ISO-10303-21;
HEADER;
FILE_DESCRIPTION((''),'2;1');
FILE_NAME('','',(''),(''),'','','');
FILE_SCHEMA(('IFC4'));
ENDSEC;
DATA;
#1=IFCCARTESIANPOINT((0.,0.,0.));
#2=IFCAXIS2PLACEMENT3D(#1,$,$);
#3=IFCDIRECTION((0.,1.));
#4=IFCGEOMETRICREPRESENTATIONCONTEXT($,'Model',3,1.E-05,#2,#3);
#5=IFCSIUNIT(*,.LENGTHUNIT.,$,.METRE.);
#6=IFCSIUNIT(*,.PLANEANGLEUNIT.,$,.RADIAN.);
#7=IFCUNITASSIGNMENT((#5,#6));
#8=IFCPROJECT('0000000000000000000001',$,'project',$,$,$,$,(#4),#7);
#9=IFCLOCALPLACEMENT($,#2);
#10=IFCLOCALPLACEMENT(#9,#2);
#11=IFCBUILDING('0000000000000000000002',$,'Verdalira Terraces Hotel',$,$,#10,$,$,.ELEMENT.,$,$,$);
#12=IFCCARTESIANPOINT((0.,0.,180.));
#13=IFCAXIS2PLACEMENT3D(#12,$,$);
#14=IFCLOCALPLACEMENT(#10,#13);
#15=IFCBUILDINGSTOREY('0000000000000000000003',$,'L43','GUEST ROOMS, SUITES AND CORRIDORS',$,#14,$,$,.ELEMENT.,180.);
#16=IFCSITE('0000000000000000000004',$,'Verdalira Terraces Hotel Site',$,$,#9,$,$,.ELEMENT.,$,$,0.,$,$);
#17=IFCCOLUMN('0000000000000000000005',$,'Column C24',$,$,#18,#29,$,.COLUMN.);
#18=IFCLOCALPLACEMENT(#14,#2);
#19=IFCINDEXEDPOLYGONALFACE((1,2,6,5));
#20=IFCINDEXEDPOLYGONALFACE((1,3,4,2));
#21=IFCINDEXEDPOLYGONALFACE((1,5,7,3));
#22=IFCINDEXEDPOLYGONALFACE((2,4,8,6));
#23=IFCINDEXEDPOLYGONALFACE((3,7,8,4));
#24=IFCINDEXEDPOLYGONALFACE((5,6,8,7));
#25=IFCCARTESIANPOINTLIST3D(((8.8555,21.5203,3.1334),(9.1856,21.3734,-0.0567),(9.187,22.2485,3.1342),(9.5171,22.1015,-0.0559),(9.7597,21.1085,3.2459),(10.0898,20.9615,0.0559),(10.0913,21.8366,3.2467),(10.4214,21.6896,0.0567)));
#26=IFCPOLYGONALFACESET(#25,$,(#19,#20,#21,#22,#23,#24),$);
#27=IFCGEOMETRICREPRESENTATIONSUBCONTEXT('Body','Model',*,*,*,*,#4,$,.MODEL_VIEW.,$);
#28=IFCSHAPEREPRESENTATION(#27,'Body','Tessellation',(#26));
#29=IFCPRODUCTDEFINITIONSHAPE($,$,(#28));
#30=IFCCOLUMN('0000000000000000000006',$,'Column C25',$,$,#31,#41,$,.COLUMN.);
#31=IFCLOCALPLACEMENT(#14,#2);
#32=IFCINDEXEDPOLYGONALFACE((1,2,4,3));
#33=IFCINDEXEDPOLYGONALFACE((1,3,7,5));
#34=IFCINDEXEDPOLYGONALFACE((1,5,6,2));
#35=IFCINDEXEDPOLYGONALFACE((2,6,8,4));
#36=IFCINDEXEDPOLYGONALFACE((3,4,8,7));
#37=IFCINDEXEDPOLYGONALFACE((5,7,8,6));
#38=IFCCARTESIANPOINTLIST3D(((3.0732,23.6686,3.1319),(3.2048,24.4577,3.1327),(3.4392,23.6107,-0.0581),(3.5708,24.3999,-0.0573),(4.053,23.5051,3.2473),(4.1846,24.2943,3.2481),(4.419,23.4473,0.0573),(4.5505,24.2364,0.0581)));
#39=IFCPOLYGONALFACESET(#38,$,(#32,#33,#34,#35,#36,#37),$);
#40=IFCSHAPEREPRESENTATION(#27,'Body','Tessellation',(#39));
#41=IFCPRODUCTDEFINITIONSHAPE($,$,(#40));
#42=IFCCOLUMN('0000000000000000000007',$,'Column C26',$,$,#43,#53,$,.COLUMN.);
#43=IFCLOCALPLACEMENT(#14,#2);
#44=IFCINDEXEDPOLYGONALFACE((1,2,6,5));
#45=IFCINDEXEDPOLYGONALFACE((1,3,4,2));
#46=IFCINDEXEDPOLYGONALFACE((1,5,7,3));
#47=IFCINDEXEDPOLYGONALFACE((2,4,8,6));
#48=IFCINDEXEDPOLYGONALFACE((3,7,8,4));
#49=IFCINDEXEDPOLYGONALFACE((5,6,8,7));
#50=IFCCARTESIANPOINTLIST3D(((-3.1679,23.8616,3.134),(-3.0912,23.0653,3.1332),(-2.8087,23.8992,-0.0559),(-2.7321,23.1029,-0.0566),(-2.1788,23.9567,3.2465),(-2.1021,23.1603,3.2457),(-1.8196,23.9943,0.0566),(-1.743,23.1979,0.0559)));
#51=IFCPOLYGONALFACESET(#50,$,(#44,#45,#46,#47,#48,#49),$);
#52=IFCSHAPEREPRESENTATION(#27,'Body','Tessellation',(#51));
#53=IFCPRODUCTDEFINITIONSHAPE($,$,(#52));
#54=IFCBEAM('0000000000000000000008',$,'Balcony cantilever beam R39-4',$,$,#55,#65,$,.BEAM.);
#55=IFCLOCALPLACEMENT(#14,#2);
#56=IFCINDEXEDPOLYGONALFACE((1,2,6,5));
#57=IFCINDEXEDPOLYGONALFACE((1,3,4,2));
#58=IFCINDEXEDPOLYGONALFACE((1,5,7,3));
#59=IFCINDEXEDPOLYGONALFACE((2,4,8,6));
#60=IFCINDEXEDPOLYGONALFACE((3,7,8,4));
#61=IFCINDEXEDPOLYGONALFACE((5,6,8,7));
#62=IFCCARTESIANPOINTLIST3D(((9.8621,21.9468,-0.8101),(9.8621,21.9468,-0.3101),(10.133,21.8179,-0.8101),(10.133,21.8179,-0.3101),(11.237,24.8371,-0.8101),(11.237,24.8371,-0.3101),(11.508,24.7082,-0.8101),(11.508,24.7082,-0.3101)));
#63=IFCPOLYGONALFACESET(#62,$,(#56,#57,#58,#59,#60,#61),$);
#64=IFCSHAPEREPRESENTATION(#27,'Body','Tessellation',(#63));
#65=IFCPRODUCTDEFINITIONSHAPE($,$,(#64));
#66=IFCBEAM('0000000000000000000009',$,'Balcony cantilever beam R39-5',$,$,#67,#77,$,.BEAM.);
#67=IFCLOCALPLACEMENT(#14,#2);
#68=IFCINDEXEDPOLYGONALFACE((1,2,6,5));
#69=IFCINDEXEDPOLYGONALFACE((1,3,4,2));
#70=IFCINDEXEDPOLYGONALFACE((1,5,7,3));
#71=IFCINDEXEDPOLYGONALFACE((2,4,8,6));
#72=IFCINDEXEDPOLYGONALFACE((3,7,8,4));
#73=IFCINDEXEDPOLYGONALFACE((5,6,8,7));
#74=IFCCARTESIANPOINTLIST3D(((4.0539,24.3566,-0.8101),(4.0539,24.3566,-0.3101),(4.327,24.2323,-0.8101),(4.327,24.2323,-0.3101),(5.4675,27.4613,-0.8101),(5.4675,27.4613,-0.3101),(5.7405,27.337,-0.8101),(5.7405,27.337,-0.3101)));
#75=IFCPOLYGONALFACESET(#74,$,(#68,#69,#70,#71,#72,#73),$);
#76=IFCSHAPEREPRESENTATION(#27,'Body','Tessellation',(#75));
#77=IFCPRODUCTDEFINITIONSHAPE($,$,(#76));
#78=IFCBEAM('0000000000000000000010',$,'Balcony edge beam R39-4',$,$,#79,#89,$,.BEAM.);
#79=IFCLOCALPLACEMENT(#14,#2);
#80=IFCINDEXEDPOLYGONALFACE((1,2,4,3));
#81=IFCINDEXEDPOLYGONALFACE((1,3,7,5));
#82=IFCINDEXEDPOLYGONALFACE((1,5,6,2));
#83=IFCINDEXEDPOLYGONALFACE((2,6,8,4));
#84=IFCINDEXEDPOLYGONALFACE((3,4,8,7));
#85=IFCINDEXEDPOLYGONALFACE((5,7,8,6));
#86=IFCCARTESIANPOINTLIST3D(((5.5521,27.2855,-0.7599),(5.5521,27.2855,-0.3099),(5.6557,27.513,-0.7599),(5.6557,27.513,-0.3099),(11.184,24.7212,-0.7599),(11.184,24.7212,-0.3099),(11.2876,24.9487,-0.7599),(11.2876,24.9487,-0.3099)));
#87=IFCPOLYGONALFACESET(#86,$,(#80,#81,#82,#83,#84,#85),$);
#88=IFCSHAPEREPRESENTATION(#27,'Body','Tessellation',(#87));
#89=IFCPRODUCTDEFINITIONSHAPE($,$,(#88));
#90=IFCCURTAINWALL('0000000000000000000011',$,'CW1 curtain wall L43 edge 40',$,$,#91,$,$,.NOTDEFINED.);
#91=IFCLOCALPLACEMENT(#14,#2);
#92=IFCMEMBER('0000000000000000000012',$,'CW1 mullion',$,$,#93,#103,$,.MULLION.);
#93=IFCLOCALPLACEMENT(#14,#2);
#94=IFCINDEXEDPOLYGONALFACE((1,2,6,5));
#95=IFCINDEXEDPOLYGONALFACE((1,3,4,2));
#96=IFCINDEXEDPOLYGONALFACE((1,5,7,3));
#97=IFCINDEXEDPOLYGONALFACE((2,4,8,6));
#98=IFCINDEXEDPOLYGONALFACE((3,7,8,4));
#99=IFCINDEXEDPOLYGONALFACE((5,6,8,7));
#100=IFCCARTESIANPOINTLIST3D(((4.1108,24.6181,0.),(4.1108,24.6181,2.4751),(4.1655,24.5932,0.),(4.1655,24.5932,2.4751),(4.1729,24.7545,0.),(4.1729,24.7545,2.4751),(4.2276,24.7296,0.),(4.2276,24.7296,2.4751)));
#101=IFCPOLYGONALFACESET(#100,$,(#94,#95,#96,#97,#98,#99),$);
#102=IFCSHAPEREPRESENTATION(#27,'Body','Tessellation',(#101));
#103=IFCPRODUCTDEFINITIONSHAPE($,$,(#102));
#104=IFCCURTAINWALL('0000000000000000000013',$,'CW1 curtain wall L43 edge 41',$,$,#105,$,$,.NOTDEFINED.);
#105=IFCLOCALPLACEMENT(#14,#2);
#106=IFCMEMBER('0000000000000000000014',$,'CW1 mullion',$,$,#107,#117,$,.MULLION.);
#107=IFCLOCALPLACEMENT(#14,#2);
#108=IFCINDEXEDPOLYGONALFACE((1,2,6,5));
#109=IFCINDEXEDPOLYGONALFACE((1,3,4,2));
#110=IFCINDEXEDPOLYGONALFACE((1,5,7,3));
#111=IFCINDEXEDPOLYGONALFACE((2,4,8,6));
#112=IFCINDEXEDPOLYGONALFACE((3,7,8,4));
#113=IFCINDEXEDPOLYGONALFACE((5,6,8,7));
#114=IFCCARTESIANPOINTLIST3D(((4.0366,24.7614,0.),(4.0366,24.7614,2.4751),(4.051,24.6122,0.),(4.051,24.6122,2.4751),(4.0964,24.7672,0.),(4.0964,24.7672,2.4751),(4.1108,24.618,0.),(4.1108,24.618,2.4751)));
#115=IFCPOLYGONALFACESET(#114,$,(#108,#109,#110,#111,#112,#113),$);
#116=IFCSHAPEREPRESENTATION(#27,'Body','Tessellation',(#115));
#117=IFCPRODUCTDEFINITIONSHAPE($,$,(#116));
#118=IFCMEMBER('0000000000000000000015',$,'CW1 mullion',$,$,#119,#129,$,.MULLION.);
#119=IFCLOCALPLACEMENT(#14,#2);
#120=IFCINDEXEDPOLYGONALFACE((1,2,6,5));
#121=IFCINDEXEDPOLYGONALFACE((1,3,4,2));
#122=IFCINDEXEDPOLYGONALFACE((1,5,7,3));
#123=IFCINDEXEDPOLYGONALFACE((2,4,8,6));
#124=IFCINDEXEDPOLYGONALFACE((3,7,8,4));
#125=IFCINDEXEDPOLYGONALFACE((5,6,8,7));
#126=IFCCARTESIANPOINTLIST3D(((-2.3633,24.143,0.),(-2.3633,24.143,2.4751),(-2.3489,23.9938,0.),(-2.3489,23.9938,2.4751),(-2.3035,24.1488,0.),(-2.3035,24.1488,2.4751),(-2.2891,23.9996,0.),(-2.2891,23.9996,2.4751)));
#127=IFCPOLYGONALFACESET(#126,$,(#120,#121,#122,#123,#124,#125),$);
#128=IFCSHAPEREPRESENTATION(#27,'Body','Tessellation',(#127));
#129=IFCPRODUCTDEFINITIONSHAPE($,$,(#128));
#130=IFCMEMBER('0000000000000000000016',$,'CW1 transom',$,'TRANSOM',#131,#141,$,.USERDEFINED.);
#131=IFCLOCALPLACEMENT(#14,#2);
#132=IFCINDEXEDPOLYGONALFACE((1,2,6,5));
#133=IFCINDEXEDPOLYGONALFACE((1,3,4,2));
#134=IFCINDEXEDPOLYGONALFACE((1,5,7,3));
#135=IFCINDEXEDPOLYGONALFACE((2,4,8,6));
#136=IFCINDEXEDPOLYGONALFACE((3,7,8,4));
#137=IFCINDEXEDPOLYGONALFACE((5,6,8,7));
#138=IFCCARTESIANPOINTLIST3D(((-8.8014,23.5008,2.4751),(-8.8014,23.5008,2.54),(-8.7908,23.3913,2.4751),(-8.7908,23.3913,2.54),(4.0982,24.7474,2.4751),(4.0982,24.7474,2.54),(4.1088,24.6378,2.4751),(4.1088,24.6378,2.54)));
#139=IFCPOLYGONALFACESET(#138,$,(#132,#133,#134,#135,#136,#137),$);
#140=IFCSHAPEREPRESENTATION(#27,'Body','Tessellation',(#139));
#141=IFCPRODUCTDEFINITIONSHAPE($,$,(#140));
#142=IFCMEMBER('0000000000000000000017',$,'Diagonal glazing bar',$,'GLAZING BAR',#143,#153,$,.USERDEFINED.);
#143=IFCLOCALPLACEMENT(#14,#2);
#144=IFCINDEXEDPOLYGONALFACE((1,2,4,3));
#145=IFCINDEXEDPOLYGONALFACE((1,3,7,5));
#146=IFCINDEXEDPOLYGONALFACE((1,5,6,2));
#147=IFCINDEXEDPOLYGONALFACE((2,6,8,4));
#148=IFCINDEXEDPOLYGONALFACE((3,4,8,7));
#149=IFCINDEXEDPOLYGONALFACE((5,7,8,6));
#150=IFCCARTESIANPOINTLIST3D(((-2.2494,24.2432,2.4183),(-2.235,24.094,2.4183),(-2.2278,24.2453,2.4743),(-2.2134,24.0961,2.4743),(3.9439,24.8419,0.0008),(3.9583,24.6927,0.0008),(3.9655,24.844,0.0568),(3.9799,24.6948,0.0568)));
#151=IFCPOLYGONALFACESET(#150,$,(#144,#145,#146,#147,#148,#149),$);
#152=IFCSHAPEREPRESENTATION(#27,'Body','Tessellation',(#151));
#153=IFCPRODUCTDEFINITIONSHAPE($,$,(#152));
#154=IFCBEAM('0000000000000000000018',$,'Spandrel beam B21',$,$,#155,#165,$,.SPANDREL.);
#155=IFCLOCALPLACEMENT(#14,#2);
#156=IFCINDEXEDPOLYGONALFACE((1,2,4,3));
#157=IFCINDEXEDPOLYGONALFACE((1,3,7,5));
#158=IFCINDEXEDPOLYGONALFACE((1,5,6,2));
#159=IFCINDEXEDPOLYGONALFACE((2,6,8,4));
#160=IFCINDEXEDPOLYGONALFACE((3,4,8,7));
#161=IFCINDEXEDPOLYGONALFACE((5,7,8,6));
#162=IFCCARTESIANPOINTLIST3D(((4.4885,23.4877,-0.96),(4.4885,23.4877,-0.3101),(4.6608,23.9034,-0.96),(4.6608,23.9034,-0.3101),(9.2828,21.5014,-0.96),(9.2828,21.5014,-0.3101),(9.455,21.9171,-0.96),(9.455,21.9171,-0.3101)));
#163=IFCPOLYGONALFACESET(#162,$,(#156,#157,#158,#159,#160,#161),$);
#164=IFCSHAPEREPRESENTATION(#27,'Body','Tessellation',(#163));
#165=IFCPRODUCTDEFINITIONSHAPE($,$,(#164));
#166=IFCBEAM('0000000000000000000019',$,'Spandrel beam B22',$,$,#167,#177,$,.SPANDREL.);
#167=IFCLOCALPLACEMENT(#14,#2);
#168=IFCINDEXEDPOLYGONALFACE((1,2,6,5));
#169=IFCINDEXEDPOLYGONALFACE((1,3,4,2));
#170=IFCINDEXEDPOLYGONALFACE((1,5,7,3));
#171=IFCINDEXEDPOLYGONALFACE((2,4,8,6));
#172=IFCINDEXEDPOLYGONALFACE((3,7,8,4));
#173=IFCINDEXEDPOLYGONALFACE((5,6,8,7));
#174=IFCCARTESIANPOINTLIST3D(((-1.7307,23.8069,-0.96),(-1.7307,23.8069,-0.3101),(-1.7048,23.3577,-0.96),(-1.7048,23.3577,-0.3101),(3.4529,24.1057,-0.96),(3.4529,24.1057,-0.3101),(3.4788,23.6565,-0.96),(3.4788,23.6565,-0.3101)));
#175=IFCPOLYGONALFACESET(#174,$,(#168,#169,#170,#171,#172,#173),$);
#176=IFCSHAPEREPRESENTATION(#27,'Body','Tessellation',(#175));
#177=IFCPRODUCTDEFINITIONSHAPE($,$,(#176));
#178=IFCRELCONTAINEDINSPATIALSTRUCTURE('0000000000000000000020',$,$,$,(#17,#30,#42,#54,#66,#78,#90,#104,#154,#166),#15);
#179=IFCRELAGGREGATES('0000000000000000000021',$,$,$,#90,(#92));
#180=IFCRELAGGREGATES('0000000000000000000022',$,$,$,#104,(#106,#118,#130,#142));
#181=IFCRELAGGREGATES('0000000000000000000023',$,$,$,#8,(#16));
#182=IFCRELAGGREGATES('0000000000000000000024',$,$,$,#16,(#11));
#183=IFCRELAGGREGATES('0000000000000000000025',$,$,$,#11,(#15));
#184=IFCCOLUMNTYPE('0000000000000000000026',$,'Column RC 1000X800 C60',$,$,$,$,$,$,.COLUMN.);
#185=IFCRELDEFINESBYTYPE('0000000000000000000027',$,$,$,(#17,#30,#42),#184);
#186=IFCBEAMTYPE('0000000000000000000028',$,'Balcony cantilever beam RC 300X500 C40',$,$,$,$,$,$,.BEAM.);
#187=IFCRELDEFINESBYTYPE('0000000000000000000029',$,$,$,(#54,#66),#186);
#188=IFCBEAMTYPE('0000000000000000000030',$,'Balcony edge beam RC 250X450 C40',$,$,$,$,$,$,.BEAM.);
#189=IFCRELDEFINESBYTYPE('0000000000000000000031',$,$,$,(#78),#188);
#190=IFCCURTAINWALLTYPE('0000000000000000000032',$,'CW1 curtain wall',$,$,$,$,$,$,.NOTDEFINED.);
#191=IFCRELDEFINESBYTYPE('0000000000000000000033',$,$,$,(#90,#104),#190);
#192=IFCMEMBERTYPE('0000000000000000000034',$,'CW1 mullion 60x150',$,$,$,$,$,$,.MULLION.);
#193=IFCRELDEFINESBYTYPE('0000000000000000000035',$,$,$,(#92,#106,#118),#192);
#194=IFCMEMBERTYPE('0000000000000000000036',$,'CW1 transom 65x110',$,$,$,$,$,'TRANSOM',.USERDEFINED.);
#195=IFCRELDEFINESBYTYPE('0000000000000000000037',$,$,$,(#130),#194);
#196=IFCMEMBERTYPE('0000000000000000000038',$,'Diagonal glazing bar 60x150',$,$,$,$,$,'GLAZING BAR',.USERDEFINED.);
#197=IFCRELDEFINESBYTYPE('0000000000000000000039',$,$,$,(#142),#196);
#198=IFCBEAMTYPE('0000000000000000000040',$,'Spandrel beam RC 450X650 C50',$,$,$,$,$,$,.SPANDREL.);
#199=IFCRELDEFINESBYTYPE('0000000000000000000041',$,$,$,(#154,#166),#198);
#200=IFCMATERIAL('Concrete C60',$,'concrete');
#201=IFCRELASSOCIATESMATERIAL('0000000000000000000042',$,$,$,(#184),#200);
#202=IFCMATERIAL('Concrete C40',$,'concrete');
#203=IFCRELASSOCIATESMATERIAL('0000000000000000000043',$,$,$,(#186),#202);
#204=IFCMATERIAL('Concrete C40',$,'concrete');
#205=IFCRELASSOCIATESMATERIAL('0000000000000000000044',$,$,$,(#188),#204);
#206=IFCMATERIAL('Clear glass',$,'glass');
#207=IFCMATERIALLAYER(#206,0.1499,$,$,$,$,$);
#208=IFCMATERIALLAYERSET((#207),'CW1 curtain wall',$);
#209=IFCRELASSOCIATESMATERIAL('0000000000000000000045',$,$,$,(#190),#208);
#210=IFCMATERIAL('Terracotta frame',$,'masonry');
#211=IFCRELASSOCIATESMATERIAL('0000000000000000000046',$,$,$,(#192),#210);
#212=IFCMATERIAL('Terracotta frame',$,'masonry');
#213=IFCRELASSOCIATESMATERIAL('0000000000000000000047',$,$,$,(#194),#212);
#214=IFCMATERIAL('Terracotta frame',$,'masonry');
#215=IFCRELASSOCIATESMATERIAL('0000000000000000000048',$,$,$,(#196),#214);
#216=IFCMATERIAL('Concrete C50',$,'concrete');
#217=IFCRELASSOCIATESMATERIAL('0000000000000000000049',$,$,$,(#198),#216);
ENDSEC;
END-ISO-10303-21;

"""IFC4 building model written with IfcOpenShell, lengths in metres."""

from ifc_helpers import new_model, si_unit, direction, frame, origin, origin_2d, place, context, subcontext, project, spatial, rectangle, extrude, material, layer, layer_set, material_profile, profile_set, type_object, element, aggregate, save


model = new_model("IFC4")

# Units and contexts
model_context = context("Model", 3, precision=1e-05, world=origin(), true_north=direction((0.0, 1.0)))
body_context = subcontext(model_context, "Body", "Model", "MODEL_VIEW")
ifc_project = project(units=[si_unit("LENGTHUNIT", "METRE"), si_unit("PLANEANGLEUNIT", "RADIAN")], contexts=[model_context])

# Site, building, storey
site_placement = place(None, origin())
site = spatial("IfcSite", under=ifc_project, at=site_placement, Name="Verdalira Terraces Hotel Site", CompositionType="ELEMENT", RefElevation=0.0)
building_placement = place(site_placement, origin())
building = spatial("IfcBuilding", under=site, at=building_placement, Name="Verdalira Terraces Hotel", CompositionType="ELEMENT")
storey_placement = place(building_placement, frame((0.0, 0.0, 180.0)))
storey = spatial("IfcBuildingStorey", under=building, at=storey_placement, Name="L43", Description="GUEST ROOMS, SUITES AND CORRIDORS", CompositionType="ELEMENT", Elevation=180.0)

# Columns
ifc_material_1 = material(Name="Concrete C60", Category="concrete")
ifc_material_profile_1 = material_profile(ifc_material_1, rectangle(XDim=1.0, YDim=0.8, at=origin_2d()), Name="RC 1000X800")
ifc_profile_set_1 = profile_set([ifc_material_profile_1], Name="Concrete C60")
column_type = type_object("IfcColumnType", Name="Column RC 1000X800 C60", PredefinedType="COLUMN", material=ifc_profile_set_1)
column_1_placement = place(storey_placement, frame((9.8035, 21.5315, 0.0), z_axis=(-0.102817, 0.045781, 0.993646), x_axis=(-0.904266, 0.411869, -0.112545)))
element("IfcColumn", 1, at=column_1_placement, inside=storey, type_object=column_type, Name="Column C24", PredefinedType="COLUMN", context=body_context, shape_type="SweptSolid", body=[
    extrude(rectangle(XDim=1.0, YDim=0.8, at=origin_2d()), origin(), (0.0, 0.0, 1.0), 3.2104),
])
column_2_placement = place(storey_placement, frame((3.9949, 23.9236, 0.0), z_axis=(-0.113959, 0.018018, 0.993322), x_axis=(0.979783, -0.163447, 0.115371)))
element("IfcColumn", 2, at=column_2_placement, inside=storey, type_object=column_type, Name="Column C25", PredefinedType="COLUMN", context=body_context, shape_type="SweptSolid", body=[
    extrude(rectangle(XDim=1.0, YDim=0.8, at=origin_2d()), origin(), (0.0, 0.0, 1.0), 3.2114),
])
column_3_placement = place(storey_placement, frame((-2.2759, 23.5486, 0.0), z_axis=(-0.111868, -0.011712, 0.993654), x_axis=(-0.989096, -0.095071, -0.112475)))
element("IfcColumn", 3, at=column_3_placement, inside=storey, type_object=column_type, Name="Column C26", PredefinedType="COLUMN", context=body_context, shape_type="SweptSolid", body=[
    extrude(rectangle(XDim=1.0, YDim=0.8, at=origin_2d()), origin(), (0.0, 0.0, 1.0), 3.2102),
])

# Beams
ifc_material_2 = material(Name="Concrete C40", Category="concrete")
ifc_material_profile_2 = material_profile(ifc_material_2, rectangle(XDim=0.3, YDim=0.5, at=origin_2d()), Name="RC 300X500")
ifc_profile_set_2 = profile_set([ifc_material_profile_2], Name="Concrete C40")
beam_type_1 = type_object("IfcBeamType", Name="Balcony cantilever beam RC 300X500 C40", PredefinedType="BEAM", material=ifc_profile_set_2)
beam_1_placement = place(storey_placement, frame((9.9976, 21.8823, -0.5601), z_axis=(0.429584, 0.903027, 0.0), x_axis=(-0.903027, 0.429584, 0.0)))
element("IfcBeam", 4, at=beam_1_placement, inside=storey, type_object=beam_type_1, Name="Balcony cantilever beam R39-4", PredefinedType="BEAM", context=body_context, shape_type="SweptSolid", body=[
    extrude(rectangle(XDim=0.3, YDim=0.5, at=origin_2d()), origin(), (0.0, 0.0, 1.0), 3.2007),
])
beam_2_placement = place(storey_placement, frame((4.1904, 24.2944, -0.5601), z_axis=(0.414369, 0.910109, 0.0), x_axis=(-0.910109, 0.414369, 0.0)))
element("IfcBeam", 5, at=beam_2_placement, inside=storey, type_object=beam_type_1, Name="Balcony cantilever beam R39-5", PredefinedType="BEAM", context=body_context, shape_type="SweptSolid", body=[
    extrude(rectangle(XDim=0.3, YDim=0.5, at=origin_2d()), origin(), (0.0, 0.0, 1.0), 3.4114),
])
ifc_material_3 = material(Name="Concrete C40", Category="concrete")
ifc_material_profile_3 = material_profile(ifc_material_3, rectangle(XDim=0.25, YDim=0.45, at=origin_2d()), Name="RC 250X450")
ifc_profile_set_3 = profile_set([ifc_material_profile_3], Name="Concrete C40")
beam_type_2 = type_object("IfcBeamType", Name="Balcony edge beam RC 250X450 C40", PredefinedType="BEAM", material=ifc_profile_set_3)
beam_3_placement = place(storey_placement, frame((11.2358, 24.835, -0.5349), z_axis=(-0.910106, 0.414377, 0.0), x_axis=(-0.414377, -0.910106, 0.0)))
element("IfcBeam", 6, at=beam_3_placement, inside=storey, type_object=beam_type_2, Name="Balcony edge beam R39-4", PredefinedType="BEAM", context=body_context, shape_type="SweptSolid", body=[
    extrude(rectangle(XDim=0.25, YDim=0.45, at=origin_2d()), origin(), (0.0, 0.0, 1.0), 6.1882),
])

# Curtain wall, member
ifc_material_4 = material(Name="Clear glass", Category="glass")
ifc_layer_1 = layer(ifc_material_4, 0.1499)
ifc_layer_set_1 = layer_set([ifc_layer_1], Name="CW1 curtain wall")
curtain_wall_type = type_object("IfcCurtainWallType", Name="CW1 curtain wall", PredefinedType="NOTDEFINED", material=ifc_layer_set_1)
curtain_wall_1_placement = place(storey_placement, origin())
curtain_wall_1 = element("IfcCurtainWall", 7, at=curtain_wall_1_placement, inside=storey, type_object=curtain_wall_type, Name="CW1 curtain wall L43 edge 40", PredefinedType="NOTDEFINED")
ifc_material_5 = material(Name="Terracotta frame", Category="masonry")
ifc_material_profile_4 = material_profile(ifc_material_5, rectangle(XDim=0.0601, YDim=0.1499, at=origin_2d()), Name="MU 60x150")
ifc_profile_set_4 = profile_set([ifc_material_profile_4], Name="Terracotta frame")
member_type_1 = type_object("IfcMemberType", Name="CW1 mullion 60x150", PredefinedType="MULLION", material=ifc_profile_set_4)
member_1_placement = place(storey_placement, frame((4.1692, 24.6738, 0.0), z_axis=(0.0, 0.0, 1.0), x_axis=(-0.910106, 0.414376, 0.0)))
member_1 = element("IfcMember", 8, at=member_1_placement, type_object=member_type_1, Name="CW1 mullion", PredefinedType="MULLION", context=body_context, shape_type="SweptSolid", body=[
    extrude(rectangle(XDim=0.0601, YDim=0.1499, at=origin_2d()), origin(), (0.0, 0.0, 1.0), 2.4751),
])

# Curtain wall, members
curtain_wall_2_placement = place(storey_placement, origin())
curtain_wall_2 = element("IfcCurtainWall", 9, at=curtain_wall_2_placement, inside=storey, type_object=curtain_wall_type, Name="CW1 curtain wall L43 edge 41", PredefinedType="NOTDEFINED")
member_2_placement = place(storey_placement, frame((4.0737, 24.6897, 0.0), z_axis=(0.0, 0.0, 1.0), x_axis=(-0.995363, -0.096193, 0.0)))
member_2 = element("IfcMember", 10, at=member_2_placement, type_object=member_type_1, Name="CW1 mullion", PredefinedType="MULLION", context=body_context, shape_type="SweptSolid", body=[
    extrude(rectangle(XDim=0.0601, YDim=0.1499, at=origin_2d()), origin(), (0.0, 0.0, 1.0), 2.4751),
])
member_3_placement = place(storey_placement, frame((-2.3262, 24.0713, 0.0), z_axis=(0.0, 0.0, 1.0), x_axis=(-0.995363, -0.096193, 0.0)))
member_3 = element("IfcMember", 11, at=member_3_placement, type_object=member_type_1, Name="CW1 mullion", PredefinedType="MULLION", context=body_context, shape_type="SweptSolid", body=[
    extrude(rectangle(XDim=0.0601, YDim=0.1499, at=origin_2d()), origin(), (0.0, 0.0, 1.0), 2.4751),
])
ifc_material_6 = material(Name="Terracotta frame", Category="masonry")
ifc_material_profile_5 = material_profile(ifc_material_6, rectangle(XDim=0.1101, YDim=0.0649, at=origin_2d()), Name="TR 65x110")
ifc_profile_set_5 = profile_set([ifc_material_profile_5], Name="Terracotta frame")
member_type_2 = type_object("IfcMemberType", Name="CW1 transom 65x110", ElementType="TRANSOM", PredefinedType="USERDEFINED", material=ifc_profile_set_5)
member_4_placement = place(storey_placement, frame((4.1035, 24.6926, 2.5076), z_axis=(-0.995363, -0.096189, 0.0), x_axis=(0.096189, -0.995363, 0.0)))
member_4 = element("IfcMember", 12, at=member_4_placement, type_object=member_type_2, Name="CW1 transom", ObjectType="TRANSOM", PredefinedType="USERDEFINED", context=body_context, shape_type="SweptSolid", body=[
    extrude(rectangle(XDim=0.1101, YDim=0.0649, at=origin_2d()), origin(), (0.0, 0.0, 1.0), 12.9597),
])
ifc_material_7 = material(Name="Terracotta frame", Category="masonry")
ifc_material_profile_6 = material_profile(ifc_material_7, rectangle(XDim=0.1499, YDim=0.0601, at=origin_2d()), Name="GB 60x150")
ifc_profile_set_6 = profile_set([ifc_material_profile_6], Name="Terracotta frame")
member_type_3 = type_object("IfcMemberType", Name="Diagonal glazing bar 60x150", ElementType="GLAZING BAR", PredefinedType="USERDEFINED", material=ifc_profile_set_6)
member_5_placement = place(storey_placement, frame((3.9619, 24.7683, 0.0288), z_axis=(-0.927796, -0.089678, 0.36215), x_axis=(0.096209, -0.995361, 0.0)))
member_5 = element("IfcMember", 13, at=member_5_placement, type_object=member_type_3, Name="Diagonal glazing bar", ObjectType="GLAZING BAR", PredefinedType="USERDEFINED", context=body_context, shape_type="SweptSolid", body=[
    extrude(rectangle(XDim=0.1499, YDim=0.0601, at=origin_2d()), origin(), (0.0, 0.0, 1.0), 6.6753),
])

# Beams
ifc_material_8 = material(Name="Concrete C50", Category="concrete")
ifc_material_profile_7 = material_profile(ifc_material_8, rectangle(XDim=0.45, YDim=0.6499, at=origin_2d()), Name="RC 450X650")
ifc_profile_set_7 = profile_set([ifc_material_profile_7], Name="Concrete C50")
beam_type_3 = type_object("IfcBeamType", Name="Spandrel beam RC 450X650 C50", PredefinedType="SPANDREL", material=ifc_profile_set_7)
beam_4_placement = place(storey_placement, frame((9.3689, 21.7092, -0.635), z_axis=(-0.923845, 0.382767, 0.0), x_axis=(-0.382767, -0.923845, 0.0)))
element("IfcBeam", 14, at=beam_4_placement, inside=storey, type_object=beam_type_3, Name="Spandrel beam B21", PredefinedType="SPANDREL", context=body_context, shape_type="SweptSolid", body=[
    extrude(rectangle(XDim=0.45, YDim=0.6499, at=origin_2d()), origin(), (0.0, 0.0, 1.0), 5.1895),
])
beam_5_placement = place(storey_placement, frame((3.4658, 23.8811, -0.635), z_axis=(-0.998342, -0.057553, 0.0), x_axis=(0.057553, -0.998342, 0.0)))
element("IfcBeam", 15, at=beam_5_placement, inside=storey, type_object=beam_type_3, Name="Spandrel beam B22", PredefinedType="SPANDREL", context=body_context, shape_type="SweptSolid", body=[
    extrude(rectangle(XDim=0.45, YDim=0.6499, at=origin_2d()), origin(), (0.0, 0.0, 1.0), 5.1921),
])

aggregate(curtain_wall_1, [member_1])
aggregate(curtain_wall_2, [member_2, member_3, member_4, member_5])

save(model, "model.ifc")
